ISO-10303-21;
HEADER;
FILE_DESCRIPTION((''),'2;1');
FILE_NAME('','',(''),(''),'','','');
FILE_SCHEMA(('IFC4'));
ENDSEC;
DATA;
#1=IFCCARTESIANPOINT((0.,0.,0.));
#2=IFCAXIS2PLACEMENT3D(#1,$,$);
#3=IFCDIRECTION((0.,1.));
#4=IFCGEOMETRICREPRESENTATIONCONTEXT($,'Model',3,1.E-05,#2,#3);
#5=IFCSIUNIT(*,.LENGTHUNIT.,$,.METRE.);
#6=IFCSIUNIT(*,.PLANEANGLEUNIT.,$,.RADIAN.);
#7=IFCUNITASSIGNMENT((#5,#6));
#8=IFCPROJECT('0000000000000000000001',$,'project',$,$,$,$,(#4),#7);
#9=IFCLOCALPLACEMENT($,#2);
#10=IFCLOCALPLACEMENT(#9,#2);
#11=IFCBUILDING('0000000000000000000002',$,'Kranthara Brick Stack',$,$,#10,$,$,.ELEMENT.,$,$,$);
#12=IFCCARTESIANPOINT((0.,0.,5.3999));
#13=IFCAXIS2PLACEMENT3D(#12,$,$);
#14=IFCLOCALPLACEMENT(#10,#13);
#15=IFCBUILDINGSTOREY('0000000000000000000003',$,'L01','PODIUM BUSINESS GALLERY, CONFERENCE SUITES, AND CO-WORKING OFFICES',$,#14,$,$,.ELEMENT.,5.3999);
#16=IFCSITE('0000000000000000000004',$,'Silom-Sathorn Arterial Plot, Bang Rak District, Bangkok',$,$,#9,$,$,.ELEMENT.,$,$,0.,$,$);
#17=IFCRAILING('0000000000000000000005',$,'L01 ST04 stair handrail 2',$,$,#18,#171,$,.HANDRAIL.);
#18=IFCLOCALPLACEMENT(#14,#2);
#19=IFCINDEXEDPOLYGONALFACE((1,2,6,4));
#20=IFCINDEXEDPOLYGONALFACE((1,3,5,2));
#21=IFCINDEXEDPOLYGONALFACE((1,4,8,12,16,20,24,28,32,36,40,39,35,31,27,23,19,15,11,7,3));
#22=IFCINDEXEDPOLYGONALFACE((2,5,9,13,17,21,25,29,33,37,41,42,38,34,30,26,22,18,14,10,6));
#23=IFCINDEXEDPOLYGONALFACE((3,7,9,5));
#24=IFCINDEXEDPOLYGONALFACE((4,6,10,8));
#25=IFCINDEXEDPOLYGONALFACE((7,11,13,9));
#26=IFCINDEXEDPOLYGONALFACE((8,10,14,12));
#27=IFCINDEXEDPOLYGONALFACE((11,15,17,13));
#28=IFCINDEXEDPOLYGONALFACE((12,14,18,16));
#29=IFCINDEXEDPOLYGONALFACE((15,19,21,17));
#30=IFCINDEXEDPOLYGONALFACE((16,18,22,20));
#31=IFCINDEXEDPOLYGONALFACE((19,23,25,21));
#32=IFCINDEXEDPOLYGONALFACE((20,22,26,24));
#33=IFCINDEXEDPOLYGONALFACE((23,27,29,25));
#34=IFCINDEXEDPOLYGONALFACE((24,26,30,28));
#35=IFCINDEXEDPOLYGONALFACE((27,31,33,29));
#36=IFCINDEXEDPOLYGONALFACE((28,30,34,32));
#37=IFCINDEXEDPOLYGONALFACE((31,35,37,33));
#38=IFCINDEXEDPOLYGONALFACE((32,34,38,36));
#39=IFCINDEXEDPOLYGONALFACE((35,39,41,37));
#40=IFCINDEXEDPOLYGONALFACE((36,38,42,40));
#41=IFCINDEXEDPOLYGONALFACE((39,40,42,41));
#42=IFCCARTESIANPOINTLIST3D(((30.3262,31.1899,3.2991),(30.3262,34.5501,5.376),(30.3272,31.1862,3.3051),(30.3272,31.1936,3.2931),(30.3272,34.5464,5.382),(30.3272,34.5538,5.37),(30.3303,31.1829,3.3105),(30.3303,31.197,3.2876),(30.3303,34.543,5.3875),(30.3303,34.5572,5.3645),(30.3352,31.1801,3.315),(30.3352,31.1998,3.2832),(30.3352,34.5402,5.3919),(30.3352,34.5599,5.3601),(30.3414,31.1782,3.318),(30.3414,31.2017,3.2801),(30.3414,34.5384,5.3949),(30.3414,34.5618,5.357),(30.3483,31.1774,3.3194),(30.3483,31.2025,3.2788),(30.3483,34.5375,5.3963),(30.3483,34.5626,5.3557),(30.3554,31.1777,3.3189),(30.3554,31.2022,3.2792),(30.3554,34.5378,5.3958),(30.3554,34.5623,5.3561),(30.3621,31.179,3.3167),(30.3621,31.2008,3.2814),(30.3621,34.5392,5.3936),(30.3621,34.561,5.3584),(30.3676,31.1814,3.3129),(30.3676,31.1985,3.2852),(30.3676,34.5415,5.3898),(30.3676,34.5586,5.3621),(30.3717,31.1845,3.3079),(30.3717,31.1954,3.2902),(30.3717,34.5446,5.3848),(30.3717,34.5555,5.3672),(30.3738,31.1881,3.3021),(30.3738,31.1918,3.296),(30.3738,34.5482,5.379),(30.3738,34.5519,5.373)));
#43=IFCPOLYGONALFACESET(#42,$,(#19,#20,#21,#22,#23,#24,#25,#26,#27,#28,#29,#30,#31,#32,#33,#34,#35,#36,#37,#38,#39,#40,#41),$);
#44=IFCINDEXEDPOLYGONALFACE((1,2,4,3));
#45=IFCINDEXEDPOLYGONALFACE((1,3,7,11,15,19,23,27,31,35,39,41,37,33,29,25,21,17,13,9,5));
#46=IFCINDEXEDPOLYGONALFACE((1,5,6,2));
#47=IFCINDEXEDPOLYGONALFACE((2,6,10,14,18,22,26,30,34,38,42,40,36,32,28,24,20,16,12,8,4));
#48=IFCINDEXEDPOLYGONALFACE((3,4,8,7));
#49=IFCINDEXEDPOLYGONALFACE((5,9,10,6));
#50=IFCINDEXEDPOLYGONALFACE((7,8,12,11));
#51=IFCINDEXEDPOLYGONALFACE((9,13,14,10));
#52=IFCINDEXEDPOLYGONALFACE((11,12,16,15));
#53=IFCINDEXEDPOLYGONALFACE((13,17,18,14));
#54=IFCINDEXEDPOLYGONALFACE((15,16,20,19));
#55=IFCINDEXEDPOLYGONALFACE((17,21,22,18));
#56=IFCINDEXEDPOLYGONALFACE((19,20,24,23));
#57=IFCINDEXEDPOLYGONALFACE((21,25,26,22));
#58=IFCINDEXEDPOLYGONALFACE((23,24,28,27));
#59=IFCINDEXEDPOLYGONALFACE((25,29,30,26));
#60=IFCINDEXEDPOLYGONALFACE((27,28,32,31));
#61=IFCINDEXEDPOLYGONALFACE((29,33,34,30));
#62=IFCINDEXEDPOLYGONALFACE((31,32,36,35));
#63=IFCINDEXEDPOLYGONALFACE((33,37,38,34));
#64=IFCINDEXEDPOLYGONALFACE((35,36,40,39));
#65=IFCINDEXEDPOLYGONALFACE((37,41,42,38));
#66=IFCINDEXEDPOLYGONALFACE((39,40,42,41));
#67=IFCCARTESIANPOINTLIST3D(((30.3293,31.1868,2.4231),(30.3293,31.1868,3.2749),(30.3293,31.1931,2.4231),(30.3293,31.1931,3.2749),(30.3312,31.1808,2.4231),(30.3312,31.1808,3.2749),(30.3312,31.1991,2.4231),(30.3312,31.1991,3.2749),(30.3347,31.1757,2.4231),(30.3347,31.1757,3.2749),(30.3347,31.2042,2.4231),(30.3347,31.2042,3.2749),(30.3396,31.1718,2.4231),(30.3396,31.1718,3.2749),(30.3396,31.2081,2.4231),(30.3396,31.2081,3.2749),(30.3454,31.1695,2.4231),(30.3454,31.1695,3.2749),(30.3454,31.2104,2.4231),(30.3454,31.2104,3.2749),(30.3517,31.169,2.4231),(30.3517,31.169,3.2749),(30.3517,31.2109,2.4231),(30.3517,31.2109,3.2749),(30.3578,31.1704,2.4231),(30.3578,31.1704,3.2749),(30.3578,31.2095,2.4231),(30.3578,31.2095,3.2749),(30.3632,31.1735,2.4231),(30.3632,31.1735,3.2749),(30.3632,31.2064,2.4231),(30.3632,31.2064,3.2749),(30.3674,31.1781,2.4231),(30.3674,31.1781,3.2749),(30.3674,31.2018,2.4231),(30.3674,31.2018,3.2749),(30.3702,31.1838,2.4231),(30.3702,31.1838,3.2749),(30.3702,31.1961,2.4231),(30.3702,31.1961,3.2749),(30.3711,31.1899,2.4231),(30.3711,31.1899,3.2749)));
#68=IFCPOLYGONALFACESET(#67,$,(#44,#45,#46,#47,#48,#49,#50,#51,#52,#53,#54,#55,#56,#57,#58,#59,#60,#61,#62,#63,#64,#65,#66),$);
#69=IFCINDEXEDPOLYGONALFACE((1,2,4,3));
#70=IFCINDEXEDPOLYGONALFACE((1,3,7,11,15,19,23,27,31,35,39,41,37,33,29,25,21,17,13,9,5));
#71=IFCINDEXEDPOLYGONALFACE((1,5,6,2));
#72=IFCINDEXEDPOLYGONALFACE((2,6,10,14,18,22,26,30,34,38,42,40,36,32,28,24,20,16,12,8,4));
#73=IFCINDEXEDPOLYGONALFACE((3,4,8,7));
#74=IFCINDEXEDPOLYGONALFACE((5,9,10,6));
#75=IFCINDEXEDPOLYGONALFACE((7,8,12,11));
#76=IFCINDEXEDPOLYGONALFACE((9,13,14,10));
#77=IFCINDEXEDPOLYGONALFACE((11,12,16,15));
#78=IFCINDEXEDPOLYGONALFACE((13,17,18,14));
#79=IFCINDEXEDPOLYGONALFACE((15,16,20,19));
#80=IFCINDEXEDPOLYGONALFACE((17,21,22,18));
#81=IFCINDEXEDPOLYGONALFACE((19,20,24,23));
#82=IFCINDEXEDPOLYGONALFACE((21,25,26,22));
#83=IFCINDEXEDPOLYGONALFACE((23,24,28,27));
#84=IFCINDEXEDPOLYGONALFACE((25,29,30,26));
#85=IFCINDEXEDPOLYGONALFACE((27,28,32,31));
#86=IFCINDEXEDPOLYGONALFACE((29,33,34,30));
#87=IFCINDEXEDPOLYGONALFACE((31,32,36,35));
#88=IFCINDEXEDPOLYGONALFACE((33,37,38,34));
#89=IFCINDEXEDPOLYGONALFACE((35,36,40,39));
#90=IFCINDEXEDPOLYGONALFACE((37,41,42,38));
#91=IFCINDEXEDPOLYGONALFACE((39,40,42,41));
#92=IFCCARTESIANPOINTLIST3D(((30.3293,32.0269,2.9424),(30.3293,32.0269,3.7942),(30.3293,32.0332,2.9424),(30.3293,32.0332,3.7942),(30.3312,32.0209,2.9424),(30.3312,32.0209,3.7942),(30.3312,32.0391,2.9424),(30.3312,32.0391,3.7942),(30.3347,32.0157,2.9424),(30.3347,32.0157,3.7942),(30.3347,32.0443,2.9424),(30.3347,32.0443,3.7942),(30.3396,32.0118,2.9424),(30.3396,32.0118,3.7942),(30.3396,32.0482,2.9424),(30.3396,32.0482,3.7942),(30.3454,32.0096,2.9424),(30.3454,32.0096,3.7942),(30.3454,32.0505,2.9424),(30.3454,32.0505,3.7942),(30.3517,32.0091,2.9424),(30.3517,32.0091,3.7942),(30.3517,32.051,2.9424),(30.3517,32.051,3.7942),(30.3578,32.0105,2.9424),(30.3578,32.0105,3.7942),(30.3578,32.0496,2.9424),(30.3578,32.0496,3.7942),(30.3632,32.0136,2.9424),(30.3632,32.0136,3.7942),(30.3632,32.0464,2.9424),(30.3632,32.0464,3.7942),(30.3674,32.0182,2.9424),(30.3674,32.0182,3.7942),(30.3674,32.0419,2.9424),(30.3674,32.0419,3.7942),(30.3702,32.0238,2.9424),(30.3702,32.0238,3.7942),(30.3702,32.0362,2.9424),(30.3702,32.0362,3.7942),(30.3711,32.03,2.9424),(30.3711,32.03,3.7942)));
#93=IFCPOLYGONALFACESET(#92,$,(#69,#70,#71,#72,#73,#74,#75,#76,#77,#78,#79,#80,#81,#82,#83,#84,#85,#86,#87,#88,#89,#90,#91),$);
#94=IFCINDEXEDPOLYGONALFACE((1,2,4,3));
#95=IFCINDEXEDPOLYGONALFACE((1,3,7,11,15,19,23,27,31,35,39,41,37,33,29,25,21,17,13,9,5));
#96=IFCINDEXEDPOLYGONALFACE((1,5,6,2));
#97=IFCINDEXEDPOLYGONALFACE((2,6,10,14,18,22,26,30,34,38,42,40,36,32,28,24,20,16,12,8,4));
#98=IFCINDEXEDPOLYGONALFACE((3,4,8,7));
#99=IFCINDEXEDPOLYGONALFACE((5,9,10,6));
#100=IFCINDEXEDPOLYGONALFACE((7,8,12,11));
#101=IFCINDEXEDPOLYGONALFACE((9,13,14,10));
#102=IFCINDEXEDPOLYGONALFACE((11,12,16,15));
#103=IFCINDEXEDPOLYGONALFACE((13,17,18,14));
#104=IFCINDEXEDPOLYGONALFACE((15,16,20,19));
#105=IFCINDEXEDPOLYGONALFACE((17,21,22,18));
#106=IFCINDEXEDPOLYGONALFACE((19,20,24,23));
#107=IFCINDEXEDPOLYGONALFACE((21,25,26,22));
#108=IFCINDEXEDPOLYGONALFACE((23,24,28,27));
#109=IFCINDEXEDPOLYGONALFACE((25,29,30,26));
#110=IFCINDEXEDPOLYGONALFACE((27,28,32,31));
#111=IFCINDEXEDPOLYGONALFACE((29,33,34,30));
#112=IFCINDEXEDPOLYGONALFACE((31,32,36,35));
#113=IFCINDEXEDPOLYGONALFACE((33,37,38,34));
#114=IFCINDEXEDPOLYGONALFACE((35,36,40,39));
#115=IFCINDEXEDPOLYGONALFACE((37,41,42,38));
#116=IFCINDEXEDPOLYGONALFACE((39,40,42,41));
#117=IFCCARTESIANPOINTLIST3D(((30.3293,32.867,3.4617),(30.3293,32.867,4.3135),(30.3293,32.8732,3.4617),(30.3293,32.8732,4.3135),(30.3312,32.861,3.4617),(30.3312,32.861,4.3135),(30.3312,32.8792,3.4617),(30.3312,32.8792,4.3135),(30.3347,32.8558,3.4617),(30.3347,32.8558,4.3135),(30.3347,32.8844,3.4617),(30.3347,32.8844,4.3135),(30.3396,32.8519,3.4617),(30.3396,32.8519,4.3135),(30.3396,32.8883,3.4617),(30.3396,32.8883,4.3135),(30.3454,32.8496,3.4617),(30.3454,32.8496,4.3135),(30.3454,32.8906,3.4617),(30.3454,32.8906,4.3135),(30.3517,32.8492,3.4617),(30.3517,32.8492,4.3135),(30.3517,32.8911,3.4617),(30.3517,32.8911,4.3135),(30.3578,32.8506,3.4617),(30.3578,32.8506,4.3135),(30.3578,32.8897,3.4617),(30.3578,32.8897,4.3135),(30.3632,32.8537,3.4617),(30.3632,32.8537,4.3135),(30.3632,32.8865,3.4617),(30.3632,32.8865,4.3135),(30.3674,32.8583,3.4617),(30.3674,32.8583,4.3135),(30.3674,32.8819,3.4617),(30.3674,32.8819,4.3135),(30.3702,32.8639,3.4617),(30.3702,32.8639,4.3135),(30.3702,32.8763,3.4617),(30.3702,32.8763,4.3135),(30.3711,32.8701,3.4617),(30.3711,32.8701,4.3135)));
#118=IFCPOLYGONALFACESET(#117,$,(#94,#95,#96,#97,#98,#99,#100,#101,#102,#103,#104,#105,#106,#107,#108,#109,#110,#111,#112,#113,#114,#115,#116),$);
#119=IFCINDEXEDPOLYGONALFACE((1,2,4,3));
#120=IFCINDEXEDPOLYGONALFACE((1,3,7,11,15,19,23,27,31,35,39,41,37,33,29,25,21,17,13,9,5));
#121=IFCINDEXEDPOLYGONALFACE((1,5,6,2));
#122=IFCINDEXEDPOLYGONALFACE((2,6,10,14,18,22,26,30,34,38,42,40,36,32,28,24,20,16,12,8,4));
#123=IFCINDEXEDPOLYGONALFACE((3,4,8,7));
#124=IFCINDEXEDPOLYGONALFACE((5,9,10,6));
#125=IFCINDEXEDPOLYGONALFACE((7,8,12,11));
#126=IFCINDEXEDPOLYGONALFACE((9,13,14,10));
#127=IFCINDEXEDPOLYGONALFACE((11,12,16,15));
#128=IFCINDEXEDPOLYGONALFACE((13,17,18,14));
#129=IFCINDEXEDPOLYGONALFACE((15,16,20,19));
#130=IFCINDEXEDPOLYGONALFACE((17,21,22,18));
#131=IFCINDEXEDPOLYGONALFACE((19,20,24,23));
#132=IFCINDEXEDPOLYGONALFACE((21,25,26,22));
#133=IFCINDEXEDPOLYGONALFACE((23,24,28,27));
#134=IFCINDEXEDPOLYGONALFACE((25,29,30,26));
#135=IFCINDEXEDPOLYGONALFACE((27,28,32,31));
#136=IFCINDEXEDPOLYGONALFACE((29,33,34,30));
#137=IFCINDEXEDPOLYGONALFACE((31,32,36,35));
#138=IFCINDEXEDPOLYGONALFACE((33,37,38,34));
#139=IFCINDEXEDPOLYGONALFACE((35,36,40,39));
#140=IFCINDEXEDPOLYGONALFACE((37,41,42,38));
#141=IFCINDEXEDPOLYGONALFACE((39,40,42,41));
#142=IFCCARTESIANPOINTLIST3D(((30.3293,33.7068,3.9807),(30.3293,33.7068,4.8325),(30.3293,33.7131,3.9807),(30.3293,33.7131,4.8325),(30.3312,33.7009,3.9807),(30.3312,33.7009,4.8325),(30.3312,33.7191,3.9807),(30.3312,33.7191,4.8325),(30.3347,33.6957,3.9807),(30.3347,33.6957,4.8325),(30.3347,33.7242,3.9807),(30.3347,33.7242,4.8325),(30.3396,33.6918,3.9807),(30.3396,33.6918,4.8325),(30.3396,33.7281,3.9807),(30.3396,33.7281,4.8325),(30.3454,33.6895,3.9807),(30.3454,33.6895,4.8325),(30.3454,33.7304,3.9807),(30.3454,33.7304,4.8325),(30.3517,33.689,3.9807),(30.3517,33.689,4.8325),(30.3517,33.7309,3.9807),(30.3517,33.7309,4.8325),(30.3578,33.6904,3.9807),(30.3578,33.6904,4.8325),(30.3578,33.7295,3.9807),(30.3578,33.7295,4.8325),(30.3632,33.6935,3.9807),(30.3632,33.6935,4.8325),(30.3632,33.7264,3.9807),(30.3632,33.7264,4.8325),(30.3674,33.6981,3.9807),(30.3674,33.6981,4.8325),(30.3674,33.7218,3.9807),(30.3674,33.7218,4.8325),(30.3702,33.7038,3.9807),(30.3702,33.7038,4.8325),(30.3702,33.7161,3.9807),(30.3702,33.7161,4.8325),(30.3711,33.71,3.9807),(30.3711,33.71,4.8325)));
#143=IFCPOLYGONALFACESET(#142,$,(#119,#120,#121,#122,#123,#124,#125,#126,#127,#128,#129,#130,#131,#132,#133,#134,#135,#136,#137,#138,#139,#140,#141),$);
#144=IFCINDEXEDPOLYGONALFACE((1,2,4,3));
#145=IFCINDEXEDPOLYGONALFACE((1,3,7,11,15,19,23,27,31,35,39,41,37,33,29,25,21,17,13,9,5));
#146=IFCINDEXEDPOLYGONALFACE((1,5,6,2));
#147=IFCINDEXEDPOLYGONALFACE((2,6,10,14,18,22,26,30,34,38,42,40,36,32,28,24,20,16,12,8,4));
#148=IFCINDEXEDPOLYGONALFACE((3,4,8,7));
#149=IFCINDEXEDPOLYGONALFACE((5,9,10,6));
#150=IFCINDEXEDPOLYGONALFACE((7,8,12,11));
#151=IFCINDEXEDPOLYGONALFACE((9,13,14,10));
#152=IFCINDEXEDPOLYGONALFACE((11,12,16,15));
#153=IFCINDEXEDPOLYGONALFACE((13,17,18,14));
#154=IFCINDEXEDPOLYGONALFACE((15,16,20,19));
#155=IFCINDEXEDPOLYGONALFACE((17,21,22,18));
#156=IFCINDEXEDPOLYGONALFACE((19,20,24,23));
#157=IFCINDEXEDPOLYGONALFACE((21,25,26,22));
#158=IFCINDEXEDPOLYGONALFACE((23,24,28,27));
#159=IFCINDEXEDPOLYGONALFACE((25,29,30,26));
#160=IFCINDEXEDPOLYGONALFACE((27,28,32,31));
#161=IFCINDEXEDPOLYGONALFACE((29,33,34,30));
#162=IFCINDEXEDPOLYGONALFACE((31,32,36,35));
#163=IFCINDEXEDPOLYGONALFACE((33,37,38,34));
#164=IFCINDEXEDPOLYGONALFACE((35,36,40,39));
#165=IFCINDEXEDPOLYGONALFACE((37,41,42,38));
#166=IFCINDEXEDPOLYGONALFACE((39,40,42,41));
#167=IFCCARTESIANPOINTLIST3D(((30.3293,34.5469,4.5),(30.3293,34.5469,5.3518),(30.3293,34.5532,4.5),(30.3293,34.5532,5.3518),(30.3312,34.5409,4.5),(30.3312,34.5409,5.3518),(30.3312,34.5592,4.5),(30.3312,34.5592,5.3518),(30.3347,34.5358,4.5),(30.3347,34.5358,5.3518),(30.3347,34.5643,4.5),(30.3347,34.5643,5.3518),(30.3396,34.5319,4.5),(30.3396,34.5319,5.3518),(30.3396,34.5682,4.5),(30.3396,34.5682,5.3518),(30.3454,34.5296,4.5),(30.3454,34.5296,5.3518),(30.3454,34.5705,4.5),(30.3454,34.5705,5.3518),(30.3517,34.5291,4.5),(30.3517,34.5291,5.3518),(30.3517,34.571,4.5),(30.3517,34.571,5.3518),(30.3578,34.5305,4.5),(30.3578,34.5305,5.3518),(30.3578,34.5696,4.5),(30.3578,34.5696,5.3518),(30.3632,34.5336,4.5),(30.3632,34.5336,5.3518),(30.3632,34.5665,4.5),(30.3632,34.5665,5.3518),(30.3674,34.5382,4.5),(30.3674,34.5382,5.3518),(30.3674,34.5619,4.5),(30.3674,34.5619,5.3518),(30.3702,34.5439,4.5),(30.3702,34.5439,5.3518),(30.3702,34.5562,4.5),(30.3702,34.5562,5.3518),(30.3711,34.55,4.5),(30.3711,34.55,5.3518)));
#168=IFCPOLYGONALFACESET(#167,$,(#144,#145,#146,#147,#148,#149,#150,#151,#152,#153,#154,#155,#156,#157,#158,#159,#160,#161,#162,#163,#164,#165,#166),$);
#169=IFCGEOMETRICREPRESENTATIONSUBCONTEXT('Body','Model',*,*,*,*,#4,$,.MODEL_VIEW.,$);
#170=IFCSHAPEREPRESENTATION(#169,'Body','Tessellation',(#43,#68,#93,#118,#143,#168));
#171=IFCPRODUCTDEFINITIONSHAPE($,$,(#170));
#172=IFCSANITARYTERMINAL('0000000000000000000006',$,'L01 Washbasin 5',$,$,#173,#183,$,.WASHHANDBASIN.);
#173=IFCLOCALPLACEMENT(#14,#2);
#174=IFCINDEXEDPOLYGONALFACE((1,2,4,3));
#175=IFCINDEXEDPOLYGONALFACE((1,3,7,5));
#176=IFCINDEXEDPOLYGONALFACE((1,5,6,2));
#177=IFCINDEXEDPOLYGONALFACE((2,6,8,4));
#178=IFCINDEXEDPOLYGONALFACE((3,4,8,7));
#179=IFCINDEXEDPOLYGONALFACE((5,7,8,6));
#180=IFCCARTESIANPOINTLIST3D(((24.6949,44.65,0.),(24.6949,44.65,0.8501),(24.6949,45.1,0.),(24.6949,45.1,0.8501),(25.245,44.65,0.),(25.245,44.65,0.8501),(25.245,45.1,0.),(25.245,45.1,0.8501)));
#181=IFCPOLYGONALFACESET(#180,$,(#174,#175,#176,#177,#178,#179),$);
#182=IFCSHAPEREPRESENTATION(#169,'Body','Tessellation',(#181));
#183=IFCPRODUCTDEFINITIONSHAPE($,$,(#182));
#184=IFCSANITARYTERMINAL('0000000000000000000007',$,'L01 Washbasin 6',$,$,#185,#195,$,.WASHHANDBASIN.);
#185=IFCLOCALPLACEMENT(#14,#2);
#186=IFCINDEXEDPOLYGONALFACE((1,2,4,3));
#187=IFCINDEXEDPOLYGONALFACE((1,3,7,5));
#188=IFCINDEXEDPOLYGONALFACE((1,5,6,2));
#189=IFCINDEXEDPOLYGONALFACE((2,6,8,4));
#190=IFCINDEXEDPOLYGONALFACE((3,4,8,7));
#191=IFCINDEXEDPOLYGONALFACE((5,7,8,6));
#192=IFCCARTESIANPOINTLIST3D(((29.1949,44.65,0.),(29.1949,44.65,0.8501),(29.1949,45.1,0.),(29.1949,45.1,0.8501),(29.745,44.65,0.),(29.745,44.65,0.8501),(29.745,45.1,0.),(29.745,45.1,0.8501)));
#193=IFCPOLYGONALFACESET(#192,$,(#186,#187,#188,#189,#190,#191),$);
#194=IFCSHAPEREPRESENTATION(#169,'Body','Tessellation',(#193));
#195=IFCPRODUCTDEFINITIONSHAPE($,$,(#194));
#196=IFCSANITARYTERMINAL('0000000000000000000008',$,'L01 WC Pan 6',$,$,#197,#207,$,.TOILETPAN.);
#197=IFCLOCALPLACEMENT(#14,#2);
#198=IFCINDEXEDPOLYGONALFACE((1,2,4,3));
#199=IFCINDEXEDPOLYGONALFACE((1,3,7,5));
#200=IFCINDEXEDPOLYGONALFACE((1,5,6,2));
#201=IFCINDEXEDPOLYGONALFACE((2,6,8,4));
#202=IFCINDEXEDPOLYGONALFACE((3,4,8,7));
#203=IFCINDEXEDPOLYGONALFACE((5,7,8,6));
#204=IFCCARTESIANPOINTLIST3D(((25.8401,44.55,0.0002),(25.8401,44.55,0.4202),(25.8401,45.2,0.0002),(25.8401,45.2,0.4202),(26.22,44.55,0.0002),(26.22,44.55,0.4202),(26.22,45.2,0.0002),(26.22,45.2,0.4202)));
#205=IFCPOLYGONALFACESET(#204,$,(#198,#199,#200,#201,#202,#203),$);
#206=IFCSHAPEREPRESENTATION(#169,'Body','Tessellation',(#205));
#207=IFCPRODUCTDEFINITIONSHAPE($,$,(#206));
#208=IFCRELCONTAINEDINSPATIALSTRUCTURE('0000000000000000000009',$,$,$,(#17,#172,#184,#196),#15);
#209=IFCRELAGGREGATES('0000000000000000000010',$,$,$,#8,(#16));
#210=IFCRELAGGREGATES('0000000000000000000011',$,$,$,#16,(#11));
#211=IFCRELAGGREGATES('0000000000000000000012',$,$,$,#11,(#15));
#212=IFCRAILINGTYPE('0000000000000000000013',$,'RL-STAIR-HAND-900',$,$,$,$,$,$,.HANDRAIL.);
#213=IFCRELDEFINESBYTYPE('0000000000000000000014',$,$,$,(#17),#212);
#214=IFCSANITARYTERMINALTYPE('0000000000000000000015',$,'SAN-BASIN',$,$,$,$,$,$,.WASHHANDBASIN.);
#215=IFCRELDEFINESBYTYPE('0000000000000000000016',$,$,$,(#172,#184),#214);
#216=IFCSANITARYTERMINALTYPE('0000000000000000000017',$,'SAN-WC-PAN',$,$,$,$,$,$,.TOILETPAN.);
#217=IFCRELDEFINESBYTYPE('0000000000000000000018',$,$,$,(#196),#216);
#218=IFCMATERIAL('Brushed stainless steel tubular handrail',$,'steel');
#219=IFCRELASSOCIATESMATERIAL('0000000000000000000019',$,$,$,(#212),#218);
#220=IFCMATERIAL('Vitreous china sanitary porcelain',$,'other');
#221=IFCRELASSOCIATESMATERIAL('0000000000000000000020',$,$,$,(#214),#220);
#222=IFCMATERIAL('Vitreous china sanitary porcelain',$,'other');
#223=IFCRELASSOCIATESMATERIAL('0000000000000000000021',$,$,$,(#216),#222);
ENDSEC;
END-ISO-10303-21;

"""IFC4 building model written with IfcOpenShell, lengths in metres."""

from ifc_helpers import new_model, si_unit, direction, frame, origin, origin_2d, place, context, subcontext, project, spatial, rectangle, circle, extrude, material, type_object, element, save


model = new_model("IFC4")

# Units and contexts
model_context = context("Model", 3, precision=1e-05, world=origin(), true_north=direction((0.0, 1.0)))
body_context = subcontext(model_context, "Body", "Model", "MODEL_VIEW")
ifc_project = project(units=[si_unit("LENGTHUNIT", "METRE"), si_unit("PLANEANGLEUNIT", "RADIAN")], contexts=[model_context])

# Site, building, storey
site_placement = place(None, origin())
site = spatial("IfcSite", under=ifc_project, at=site_placement, Name="Silom-Sathorn Arterial Plot, Bang Rak District, Bangkok", CompositionType="ELEMENT", RefElevation=0.0)
building_placement = place(site_placement, origin())
building = spatial("IfcBuilding", under=site, at=building_placement, Name="Kranthara Brick Stack", CompositionType="ELEMENT")
storey_placement = place(building_placement, frame((0.0, 0.0, 5.3999)))
storey = spatial("IfcBuildingStorey", under=building, at=storey_placement, Name="L01", Description="PODIUM BUSINESS GALLERY, CONFERENCE SUITES, AND CO-WORKING OFFICES", CompositionType="ELEMENT", Elevation=5.3999)

# Railing
ifc_material_1 = material(Name="Brushed stainless steel tubular handrail", Category="steel")
railing_type_1 = type_object("IfcRailingType", Name="RL-STAIR-HAND-900", PredefinedType="HANDRAIL", material=ifc_material_1)
railing_1_placement = place(storey_placement, frame((30.3501, 31.1899, 2.4231)))
element("IfcRailing", 1, at=railing_1_placement, inside=storey, type_object=railing_type_1, Name="L01 ST04 stair handrail 2", PredefinedType="HANDRAIL", context=body_context, shape_type="SweptSolid", body=[
    extrude(circle(Radius=0.0239, at=origin_2d()), frame((0.0, 0.0, 0.876), z_axis=(0.0, 0.850623, 0.525776), x_axis=(-1.0, 0.0, 0.0)), (0.0, 0.0, 1.0), 3.9502),
    extrude(circle(Radius=0.021, at=origin_2d()), origin(), (0.0, 0.0, 1.0), 0.8518),
    extrude(circle(Radius=0.021, at=origin_2d()), frame((0.0, 0.8401, 0.5193)), (0.0, 0.0, 1.0), 0.8518),
    extrude(circle(Radius=0.021, at=origin_2d()), frame((0.0, 1.6802, 1.0386)), (0.0, 0.0, 1.0), 0.8518),
    extrude(circle(Radius=0.021, at=origin_2d()), frame((0.0, 2.52, 1.5576)), (0.0, 0.0, 1.0), 0.8518),
    extrude(circle(Radius=0.021, at=origin_2d()), frame((0.0, 3.3601, 2.0769)), (0.0, 0.0, 1.0), 0.8518),
])

# Sanitary terminals
ifc_material_2 = material(Name="Vitreous china sanitary porcelain", Category="other")
sanitary_terminal_type_1 = type_object("IfcSanitaryTerminalType", Name="SAN-BASIN", PredefinedType="WASHHANDBASIN", material=ifc_material_2)
for number, where, z_axis, x_axis, name in (
    (2, (24.97, 44.875, 0.0), (0.0, 0.0, 1.0), (1.0, 0.0, 0.0), "L01 Washbasin 5"),
    (3, (29.47, 44.875, 0.0), (0.0, 0.0, 1.0), (1.0, 0.0, 0.0), "L01 Washbasin 6"),
):
    element("IfcSanitaryTerminal", number, at=place(storey_placement, frame(where, z_axis=z_axis, x_axis=x_axis)), inside=storey, type_object=sanitary_terminal_type_1, Name=name, PredefinedType="WASHHANDBASIN", context=body_context, shape_type="SweptSolid", body=[
        extrude(rectangle(XDim=0.55, YDim=0.45, at=origin_2d()), origin(), (0.0, 0.0, 1.0), 0.8501),
    ])
ifc_material_3 = material(Name="Vitreous china sanitary porcelain", Category="other")
sanitary_terminal_type_2 = type_object("IfcSanitaryTerminalType", Name="SAN-WC-PAN", PredefinedType="TOILETPAN", material=ifc_material_3)
sanitary_terminal_placement = place(storey_placement, frame((26.03, 44.875, 0.0002), z_axis=(0.0, 0.0, 1.0), x_axis=(1.0, 0.0, 0.0)))
element("IfcSanitaryTerminal", 4, at=sanitary_terminal_placement, inside=storey, type_object=sanitary_terminal_type_2, Name="L01 WC Pan 6", PredefinedType="TOILETPAN", context=body_context, shape_type="SweptSolid", body=[
    extrude(rectangle(XDim=0.3799, YDim=0.6499, at=origin_2d()), origin(), (0.0, 0.0, 1.0), 0.4199),
])

save(model, "model.ifc")
